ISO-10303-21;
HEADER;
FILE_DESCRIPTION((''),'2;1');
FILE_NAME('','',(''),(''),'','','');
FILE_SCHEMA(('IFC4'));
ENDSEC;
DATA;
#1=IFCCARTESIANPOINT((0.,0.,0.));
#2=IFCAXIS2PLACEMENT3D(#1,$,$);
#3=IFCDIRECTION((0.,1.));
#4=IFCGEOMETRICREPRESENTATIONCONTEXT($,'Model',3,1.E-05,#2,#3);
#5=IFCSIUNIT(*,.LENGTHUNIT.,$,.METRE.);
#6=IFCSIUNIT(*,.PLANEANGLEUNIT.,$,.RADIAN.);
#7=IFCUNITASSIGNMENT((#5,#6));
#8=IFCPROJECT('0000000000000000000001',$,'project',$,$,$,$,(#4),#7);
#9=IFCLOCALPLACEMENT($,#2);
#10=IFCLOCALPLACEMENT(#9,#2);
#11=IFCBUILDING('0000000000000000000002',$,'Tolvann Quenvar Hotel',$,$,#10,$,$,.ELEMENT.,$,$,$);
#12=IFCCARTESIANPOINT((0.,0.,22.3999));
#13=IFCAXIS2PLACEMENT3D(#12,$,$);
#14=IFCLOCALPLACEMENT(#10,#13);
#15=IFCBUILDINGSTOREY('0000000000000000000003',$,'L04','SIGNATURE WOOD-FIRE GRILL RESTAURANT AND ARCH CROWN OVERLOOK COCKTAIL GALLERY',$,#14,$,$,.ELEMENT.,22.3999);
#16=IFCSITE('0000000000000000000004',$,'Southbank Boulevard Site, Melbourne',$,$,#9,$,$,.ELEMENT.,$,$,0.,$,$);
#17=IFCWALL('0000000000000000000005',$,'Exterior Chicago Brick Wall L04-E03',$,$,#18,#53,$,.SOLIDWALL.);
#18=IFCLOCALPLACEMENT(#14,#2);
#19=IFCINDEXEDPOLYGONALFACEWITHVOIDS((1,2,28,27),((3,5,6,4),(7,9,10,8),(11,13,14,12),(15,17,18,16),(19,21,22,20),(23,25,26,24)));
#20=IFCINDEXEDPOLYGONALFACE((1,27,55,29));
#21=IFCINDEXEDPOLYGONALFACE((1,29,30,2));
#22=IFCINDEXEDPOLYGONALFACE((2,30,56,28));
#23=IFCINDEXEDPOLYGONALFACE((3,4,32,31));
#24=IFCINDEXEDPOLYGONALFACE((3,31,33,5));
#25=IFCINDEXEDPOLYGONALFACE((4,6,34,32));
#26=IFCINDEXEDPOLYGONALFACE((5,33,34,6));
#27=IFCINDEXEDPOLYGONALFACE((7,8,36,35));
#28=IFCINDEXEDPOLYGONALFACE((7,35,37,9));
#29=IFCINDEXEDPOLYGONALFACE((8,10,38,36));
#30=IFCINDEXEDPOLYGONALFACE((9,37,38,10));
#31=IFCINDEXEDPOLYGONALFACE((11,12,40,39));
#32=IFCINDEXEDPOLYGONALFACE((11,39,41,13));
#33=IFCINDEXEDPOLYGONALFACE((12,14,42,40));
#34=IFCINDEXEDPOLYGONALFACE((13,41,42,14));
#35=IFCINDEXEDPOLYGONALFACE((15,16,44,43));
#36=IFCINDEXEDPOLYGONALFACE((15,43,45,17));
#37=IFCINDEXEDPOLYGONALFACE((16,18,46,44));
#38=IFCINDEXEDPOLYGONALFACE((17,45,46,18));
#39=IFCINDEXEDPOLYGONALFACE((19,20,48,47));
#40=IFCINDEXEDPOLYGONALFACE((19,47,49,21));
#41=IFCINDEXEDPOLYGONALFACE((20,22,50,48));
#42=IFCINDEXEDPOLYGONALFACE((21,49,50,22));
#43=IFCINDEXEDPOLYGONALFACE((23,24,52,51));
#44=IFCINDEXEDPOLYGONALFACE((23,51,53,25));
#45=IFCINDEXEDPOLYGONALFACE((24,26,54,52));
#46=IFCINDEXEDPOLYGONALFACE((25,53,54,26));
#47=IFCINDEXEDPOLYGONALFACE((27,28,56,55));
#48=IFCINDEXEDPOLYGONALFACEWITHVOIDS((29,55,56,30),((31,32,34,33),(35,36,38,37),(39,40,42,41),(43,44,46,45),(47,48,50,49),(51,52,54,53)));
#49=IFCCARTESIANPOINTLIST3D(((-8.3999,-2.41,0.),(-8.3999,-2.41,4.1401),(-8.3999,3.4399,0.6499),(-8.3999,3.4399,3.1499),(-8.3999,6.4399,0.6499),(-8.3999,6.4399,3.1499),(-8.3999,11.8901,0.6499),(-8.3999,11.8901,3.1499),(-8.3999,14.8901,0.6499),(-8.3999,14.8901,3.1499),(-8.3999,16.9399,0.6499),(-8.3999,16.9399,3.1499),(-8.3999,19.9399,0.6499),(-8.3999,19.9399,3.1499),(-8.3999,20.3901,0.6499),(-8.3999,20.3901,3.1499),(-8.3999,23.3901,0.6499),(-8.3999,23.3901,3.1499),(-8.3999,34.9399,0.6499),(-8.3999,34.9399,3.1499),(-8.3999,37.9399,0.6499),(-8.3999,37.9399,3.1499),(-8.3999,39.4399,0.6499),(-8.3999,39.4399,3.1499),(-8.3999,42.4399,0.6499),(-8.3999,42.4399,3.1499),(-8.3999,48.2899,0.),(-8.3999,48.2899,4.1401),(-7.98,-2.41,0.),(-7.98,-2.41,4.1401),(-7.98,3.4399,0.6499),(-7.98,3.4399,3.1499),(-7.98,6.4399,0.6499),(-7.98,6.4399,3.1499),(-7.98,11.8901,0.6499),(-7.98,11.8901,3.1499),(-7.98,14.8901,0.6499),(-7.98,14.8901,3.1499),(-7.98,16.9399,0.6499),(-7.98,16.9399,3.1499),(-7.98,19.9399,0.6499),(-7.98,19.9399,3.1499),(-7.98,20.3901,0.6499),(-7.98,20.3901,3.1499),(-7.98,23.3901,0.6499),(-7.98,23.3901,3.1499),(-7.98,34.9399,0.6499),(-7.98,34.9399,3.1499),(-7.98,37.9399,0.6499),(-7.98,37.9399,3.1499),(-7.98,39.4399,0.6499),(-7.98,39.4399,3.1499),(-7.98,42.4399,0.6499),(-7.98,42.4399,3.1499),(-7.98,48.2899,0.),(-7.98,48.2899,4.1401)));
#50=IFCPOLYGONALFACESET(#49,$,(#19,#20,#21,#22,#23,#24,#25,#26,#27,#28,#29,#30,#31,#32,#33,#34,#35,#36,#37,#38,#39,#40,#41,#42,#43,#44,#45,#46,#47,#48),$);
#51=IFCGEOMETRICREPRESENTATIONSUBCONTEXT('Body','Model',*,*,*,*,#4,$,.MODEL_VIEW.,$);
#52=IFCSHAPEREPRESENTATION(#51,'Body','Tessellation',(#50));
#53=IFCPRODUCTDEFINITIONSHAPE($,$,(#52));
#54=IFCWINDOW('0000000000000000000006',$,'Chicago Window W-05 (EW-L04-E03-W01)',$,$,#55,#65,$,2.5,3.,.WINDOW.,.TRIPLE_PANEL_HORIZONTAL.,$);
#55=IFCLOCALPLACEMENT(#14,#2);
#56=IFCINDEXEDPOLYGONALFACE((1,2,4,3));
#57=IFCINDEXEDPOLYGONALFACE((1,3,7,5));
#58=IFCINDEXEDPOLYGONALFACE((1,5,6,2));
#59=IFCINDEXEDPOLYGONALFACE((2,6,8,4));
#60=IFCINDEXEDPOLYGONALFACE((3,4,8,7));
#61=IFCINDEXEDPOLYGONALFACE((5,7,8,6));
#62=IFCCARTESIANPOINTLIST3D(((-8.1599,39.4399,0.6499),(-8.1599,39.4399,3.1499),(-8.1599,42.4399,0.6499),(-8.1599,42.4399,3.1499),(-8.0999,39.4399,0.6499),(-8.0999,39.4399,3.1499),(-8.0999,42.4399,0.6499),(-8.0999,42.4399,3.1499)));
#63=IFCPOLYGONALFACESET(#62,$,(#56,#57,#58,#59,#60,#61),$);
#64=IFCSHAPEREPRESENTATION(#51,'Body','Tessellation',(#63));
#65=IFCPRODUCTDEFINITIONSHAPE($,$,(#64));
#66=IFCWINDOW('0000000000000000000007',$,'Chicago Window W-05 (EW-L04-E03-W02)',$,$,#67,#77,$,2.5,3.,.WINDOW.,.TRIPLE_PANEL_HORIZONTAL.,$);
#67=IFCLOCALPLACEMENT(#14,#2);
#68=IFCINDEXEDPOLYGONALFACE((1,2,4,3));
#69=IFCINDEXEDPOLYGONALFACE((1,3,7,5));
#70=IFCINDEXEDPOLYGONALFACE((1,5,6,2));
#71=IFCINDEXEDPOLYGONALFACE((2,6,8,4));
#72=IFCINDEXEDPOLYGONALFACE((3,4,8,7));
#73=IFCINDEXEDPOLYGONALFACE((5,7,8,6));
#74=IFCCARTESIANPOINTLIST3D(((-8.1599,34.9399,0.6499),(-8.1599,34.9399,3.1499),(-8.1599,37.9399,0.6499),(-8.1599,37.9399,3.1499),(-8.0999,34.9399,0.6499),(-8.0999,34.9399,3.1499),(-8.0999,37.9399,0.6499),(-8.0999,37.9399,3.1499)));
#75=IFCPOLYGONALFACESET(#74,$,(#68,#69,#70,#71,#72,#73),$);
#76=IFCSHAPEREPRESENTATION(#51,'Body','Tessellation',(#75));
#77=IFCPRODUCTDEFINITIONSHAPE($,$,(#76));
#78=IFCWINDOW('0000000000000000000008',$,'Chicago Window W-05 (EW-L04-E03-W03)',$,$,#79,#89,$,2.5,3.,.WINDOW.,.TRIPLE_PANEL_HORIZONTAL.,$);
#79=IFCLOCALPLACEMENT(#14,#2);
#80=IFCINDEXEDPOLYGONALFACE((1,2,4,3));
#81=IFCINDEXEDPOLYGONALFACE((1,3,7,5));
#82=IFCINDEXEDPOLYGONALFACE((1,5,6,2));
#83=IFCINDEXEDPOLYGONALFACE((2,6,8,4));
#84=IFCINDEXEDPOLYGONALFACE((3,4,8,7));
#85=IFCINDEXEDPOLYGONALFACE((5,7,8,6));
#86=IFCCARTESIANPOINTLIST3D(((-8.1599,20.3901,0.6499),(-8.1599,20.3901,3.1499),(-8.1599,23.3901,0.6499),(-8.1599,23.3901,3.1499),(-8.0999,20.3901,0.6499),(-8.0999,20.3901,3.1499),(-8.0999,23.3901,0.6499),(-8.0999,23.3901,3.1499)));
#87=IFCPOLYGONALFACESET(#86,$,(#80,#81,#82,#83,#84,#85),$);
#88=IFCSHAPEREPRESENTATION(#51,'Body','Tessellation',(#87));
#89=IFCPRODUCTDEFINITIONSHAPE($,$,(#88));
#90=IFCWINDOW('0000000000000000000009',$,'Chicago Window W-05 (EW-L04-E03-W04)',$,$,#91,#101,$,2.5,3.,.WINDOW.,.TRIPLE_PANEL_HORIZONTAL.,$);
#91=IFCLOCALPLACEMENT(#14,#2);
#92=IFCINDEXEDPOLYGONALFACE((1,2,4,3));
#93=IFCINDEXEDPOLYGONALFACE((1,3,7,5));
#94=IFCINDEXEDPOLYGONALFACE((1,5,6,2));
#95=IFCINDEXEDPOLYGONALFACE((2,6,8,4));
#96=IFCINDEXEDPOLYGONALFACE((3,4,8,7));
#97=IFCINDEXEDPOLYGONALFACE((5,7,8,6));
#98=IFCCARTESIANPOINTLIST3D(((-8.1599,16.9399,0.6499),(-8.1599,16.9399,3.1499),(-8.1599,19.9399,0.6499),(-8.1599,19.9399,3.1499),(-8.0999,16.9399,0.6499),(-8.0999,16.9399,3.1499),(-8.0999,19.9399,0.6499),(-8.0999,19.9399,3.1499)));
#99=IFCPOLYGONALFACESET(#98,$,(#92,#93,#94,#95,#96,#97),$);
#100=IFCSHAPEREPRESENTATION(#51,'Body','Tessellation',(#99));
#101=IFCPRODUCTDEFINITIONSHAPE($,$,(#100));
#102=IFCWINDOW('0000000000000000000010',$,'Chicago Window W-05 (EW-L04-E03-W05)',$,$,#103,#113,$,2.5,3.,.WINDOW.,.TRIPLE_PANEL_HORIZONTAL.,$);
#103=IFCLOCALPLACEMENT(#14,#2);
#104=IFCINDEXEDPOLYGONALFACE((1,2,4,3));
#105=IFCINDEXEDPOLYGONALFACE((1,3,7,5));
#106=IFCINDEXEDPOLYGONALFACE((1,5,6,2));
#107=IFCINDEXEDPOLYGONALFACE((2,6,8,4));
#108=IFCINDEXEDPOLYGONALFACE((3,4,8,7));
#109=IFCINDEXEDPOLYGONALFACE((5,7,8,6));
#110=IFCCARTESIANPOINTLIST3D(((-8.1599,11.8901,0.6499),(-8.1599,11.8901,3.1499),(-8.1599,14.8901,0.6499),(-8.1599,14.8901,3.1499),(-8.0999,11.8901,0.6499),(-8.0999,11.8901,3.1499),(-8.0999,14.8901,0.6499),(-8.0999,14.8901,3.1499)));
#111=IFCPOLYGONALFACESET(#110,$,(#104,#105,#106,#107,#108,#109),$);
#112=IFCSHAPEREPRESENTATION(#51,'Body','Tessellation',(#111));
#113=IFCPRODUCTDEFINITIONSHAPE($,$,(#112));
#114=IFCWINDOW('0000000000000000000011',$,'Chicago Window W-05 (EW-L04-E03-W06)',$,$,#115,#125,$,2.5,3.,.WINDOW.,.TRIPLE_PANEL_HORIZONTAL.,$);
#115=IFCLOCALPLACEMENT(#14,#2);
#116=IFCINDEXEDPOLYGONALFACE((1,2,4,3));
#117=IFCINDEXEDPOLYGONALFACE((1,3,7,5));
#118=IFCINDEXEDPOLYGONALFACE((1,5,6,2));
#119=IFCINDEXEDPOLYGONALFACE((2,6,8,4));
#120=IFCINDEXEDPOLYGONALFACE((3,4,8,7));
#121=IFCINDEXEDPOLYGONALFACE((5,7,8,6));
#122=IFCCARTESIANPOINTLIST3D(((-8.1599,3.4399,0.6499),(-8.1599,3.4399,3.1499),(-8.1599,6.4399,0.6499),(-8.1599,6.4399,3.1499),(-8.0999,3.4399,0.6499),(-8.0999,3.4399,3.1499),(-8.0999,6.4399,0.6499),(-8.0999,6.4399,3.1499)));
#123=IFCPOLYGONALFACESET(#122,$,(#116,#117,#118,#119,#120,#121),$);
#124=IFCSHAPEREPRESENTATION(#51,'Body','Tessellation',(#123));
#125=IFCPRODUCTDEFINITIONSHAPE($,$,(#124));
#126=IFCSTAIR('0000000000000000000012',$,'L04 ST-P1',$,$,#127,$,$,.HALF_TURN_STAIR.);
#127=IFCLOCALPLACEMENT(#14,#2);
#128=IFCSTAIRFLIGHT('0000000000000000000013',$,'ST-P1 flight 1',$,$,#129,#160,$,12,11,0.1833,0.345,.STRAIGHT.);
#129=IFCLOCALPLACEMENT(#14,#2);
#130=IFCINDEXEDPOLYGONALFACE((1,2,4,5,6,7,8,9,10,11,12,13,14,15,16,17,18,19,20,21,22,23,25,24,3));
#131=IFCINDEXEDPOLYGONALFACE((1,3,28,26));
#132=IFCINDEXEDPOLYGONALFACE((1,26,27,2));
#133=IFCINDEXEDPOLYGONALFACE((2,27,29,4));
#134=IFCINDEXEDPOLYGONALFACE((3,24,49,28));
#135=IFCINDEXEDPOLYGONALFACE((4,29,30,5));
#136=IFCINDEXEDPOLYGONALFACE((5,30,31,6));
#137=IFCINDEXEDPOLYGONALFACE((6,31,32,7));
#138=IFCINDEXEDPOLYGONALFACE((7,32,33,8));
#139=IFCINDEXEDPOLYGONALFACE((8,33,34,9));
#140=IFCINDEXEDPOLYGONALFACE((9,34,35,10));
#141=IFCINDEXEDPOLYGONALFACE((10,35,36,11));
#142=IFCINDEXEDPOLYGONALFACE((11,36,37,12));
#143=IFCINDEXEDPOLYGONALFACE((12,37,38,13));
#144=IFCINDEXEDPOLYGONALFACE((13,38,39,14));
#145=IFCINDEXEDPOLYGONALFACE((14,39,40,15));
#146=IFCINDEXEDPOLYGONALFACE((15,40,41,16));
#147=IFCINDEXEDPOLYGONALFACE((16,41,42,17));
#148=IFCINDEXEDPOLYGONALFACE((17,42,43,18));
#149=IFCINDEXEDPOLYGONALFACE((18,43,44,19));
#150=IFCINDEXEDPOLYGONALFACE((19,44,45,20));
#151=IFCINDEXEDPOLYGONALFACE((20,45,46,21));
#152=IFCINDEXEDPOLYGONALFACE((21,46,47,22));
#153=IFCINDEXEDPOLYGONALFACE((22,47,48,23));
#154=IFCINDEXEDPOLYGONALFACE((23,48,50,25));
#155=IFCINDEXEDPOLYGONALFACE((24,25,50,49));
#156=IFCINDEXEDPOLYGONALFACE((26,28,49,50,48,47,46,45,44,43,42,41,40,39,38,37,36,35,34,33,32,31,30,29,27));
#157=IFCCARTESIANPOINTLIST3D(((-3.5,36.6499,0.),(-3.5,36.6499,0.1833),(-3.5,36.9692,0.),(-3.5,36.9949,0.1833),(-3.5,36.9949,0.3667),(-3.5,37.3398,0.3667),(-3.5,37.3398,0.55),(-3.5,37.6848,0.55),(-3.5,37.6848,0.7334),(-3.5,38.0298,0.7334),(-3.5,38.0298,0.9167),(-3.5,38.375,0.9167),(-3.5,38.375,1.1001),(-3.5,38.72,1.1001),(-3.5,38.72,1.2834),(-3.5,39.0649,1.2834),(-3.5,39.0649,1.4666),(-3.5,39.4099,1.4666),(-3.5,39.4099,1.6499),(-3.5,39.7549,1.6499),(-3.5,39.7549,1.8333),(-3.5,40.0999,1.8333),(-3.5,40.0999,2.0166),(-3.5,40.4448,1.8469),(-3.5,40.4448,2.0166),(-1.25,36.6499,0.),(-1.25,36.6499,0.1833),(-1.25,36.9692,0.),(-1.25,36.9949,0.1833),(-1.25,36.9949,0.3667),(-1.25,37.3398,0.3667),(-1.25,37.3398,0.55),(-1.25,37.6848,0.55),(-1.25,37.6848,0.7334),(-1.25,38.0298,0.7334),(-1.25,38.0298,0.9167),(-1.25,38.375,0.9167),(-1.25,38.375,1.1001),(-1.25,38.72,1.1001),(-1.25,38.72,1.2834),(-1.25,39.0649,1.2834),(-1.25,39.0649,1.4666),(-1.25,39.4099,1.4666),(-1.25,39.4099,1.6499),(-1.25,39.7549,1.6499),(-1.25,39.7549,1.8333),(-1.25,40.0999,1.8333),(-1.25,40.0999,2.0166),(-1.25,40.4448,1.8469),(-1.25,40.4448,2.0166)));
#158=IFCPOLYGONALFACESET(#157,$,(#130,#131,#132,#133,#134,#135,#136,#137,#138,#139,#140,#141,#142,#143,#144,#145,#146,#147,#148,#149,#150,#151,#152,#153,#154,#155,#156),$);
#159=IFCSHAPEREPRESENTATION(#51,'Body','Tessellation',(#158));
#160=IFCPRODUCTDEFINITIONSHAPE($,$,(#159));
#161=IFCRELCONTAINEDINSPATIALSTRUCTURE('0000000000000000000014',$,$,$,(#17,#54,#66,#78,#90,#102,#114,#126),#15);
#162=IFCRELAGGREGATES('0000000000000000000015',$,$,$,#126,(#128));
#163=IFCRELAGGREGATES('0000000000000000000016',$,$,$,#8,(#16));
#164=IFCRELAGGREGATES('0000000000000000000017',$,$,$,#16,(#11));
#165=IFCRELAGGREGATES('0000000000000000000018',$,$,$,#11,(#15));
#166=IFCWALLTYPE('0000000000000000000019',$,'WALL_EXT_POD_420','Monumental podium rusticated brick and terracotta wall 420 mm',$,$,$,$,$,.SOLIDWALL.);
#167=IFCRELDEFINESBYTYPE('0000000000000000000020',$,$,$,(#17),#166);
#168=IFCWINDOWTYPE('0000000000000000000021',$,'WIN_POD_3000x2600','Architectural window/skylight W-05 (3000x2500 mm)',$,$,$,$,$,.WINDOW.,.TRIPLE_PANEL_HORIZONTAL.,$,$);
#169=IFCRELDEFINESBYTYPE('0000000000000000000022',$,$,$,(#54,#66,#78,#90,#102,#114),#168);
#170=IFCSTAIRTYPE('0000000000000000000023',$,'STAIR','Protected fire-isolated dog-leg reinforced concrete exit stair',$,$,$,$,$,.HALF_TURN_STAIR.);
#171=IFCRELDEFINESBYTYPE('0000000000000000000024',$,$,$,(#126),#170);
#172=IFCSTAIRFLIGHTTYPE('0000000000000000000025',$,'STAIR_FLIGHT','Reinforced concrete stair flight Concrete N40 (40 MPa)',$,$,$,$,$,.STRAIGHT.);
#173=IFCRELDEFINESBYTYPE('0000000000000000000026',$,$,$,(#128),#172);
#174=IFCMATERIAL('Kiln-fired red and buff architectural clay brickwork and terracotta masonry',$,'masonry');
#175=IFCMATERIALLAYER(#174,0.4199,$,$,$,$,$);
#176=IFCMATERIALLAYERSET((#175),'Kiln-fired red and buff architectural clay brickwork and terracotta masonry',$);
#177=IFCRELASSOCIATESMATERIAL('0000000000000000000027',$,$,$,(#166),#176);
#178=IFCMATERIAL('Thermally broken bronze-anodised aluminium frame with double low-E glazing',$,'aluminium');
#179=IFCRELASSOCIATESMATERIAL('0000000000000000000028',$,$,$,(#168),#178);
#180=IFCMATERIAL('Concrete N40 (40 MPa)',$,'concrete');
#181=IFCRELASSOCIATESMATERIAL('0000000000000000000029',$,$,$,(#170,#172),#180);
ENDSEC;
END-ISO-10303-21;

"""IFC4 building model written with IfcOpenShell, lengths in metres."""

from ifc_helpers import new_model, si_unit, direction, frame, frame_2d, origin, place, context, subcontext, project, spatial, polyline, rectangle, outline, extrude, source, transform, mapped, material, layer, layer_set, type_object, type_shapes, element, fill, aggregate, save


model = new_model("IFC4")

# Units and contexts
model_context = context("Model", 3, precision=1e-05, world=origin(), true_north=direction((0.0, 1.0)))
body_context = subcontext(model_context, "Body", "Model", "MODEL_VIEW")
ifc_project = project(units=[si_unit("LENGTHUNIT", "METRE"), si_unit("PLANEANGLEUNIT", "RADIAN")], contexts=[model_context])

# Site, building, storey
site_placement = place(None, origin())
site = spatial("IfcSite", under=ifc_project, at=site_placement, Name="Southbank Boulevard Site, Melbourne", CompositionType="ELEMENT", RefElevation=0.0)
building_placement = place(site_placement, origin())
building = spatial("IfcBuilding", under=site, at=building_placement, Name="Tolvann Quenvar Hotel", CompositionType="ELEMENT")
storey_placement = place(building_placement, frame((0.0, 0.0, 22.3999)))
storey = spatial("IfcBuildingStorey", under=building, at=storey_placement, Name="L04", Description="SIGNATURE WOOD-FIRE GRILL RESTAURANT AND ARCH CROWN OVERLOOK COCKTAIL GALLERY", CompositionType="ELEMENT", Elevation=22.3999)

# Wall, openings, windows
ifc_material_1 = material(Name="Kiln-fired red and buff architectural clay brickwork and terracotta masonry", Category="masonry")
ifc_layer_1 = layer(ifc_material_1, 0.4199)
ifc_layer_set_1 = layer_set([ifc_layer_1], Name="Kiln-fired red and buff architectural clay brickwork and terracotta masonry")
wall_type_1 = type_object("IfcWallType", Name="WALL_EXT_POD_420", Description="Monumental podium rusticated brick and terracotta wall 420 mm", PredefinedType="SOLIDWALL", material=ifc_layer_set_1)
wall_1_placement = place(storey_placement, frame((-8.1899, 48.29, 0.0), z_axis=(0.0, 0.0, 1.0), x_axis=(0.0, -1.0, 0.0)))
wall_1 = element("IfcWall", 1, at=wall_1_placement, inside=storey, type_object=wall_type_1, Name="Exterior Chicago Brick Wall L04-E03", PredefinedType="SOLIDWALL", context=body_context, shape_type="SweptSolid", body=[
    extrude(rectangle(XDim=50.7, YDim=0.4199, at=frame_2d((25.3501, 0.0))), origin(), (0.0, 0.0, 1.0), 4.1401),
])
opening_1_placement = place(wall_1_placement, frame((5.8501, 0.0, 0.6499)))
opening_1 = element("IfcOpeningElement", 2, at=opening_1_placement, cuts=wall_1, PredefinedType="OPENING", context=body_context, shape_type="SweptSolid", body=[
    extrude(rectangle(XDim=3.0, YDim=2.5, at=frame_2d((1.5, 1.25))), frame((0.0, 0.22, 0.0), z_axis=(0.0, -1.0, 0.0), x_axis=(1.0, 0.0, 0.0)), (0.0, 0.0, 1.0), 0.4399),
])
opening_2_placement = place(wall_1_placement, frame((10.3501, 0.0, 0.6499)))
opening_2 = element("IfcOpeningElement", 3, at=opening_2_placement, cuts=wall_1, PredefinedType="OPENING", context=body_context, shape_type="SweptSolid", body=[
    extrude(rectangle(XDim=3.0, YDim=2.5, at=frame_2d((1.5, 1.25))), frame((0.0, 0.22, 0.0), z_axis=(0.0, -1.0, 0.0), x_axis=(1.0, 0.0, 0.0)), (0.0, 0.0, 1.0), 0.4399),
])
opening_3_placement = place(wall_1_placement, frame((24.8999, 0.0, 0.6499)))
opening_3 = element("IfcOpeningElement", 4, at=opening_3_placement, cuts=wall_1, PredefinedType="OPENING", context=body_context, shape_type="SweptSolid", body=[
    extrude(rectangle(XDim=3.0, YDim=2.5, at=frame_2d((1.5, 1.25))), frame((0.0, 0.22, 0.0), z_axis=(0.0, -1.0, 0.0), x_axis=(1.0, 0.0, 0.0)), (0.0, 0.0, 1.0), 0.4399),
])
opening_4_placement = place(wall_1_placement, frame((28.3501, 0.0, 0.6499)))
opening_4 = element("IfcOpeningElement", 5, at=opening_4_placement, cuts=wall_1, PredefinedType="OPENING", context=body_context, shape_type="SweptSolid", body=[
    extrude(rectangle(XDim=3.0, YDim=2.5, at=frame_2d((1.5, 1.25))), frame((0.0, 0.22, 0.0), z_axis=(0.0, -1.0, 0.0), x_axis=(1.0, 0.0, 0.0)), (0.0, 0.0, 1.0), 0.4399),
])
opening_5_placement = place(wall_1_placement, frame((33.3999, 0.0, 0.6499)))
opening_5 = element("IfcOpeningElement", 6, at=opening_5_placement, cuts=wall_1, PredefinedType="OPENING", context=body_context, shape_type="SweptSolid", body=[
    extrude(rectangle(XDim=3.0, YDim=2.5, at=frame_2d((1.5, 1.25))), frame((0.0, 0.22, 0.0), z_axis=(0.0, -1.0, 0.0), x_axis=(1.0, 0.0, 0.0)), (0.0, 0.0, 1.0), 0.4399),
])
opening_6_placement = place(wall_1_placement, frame((41.8501, 0.0, 0.6499)))
opening_6 = element("IfcOpeningElement", 7, at=opening_6_placement, cuts=wall_1, PredefinedType="OPENING", context=body_context, shape_type="SweptSolid", body=[
    extrude(rectangle(XDim=3.0, YDim=2.5, at=frame_2d((1.5, 1.25))), frame((0.0, 0.22, 0.0), z_axis=(0.0, -1.0, 0.0), x_axis=(1.0, 0.0, 0.0)), (0.0, 0.0, 1.0), 0.4399),
])
ifc_material_2 = material(Name="Thermally broken bronze-anodised aluminium frame with double low-E glazing", Category="aluminium")
window_type = type_object("IfcWindowType", Name="WIN_POD_3000x2600", Description="Architectural window/skylight W-05 (3000x2500 mm)", PartitioningType="TRIPLE_PANEL_HORIZONTAL", PredefinedType="WINDOW", material=ifc_material_2)
shared_shape_1 = source(origin(), body_context, "Body", "SweptSolid", [
    extrude(rectangle(XDim=3.0, YDim=2.5, at=frame_2d((1.5, 1.25))), frame((0.0, 0.0901, 0.0), z_axis=(0.0, -1.0, 0.0), x_axis=(1.0, 0.0, 0.0)), (0.0, 0.0, 1.0), 0.0601),
])
type_shapes(window_type, [shared_shape_1])
window_1_placement = place(opening_1_placement, origin())
window_1 = element("IfcWindow", 8, at=window_1_placement, inside=storey, type_object=window_type, Name="Chicago Window W-05 (EW-L04-E03-W01)", OverallHeight=2.5, OverallWidth=3.0, PartitioningType="TRIPLE_PANEL_HORIZONTAL", PredefinedType="WINDOW", context=body_context, shape_type="MappedRepresentation", body=[
    mapped(shared_shape_1, transform((0.0, 0.0, 0.0), x_axis=(1.0, 0.0, 0.0), y_axis=(0.0, 1.0, 0.0), z_axis=(0.0, 0.0, 1.0), scale=1.0)),
])
fill(opening_1, window_1)
window_2_placement = place(opening_2_placement, origin())
window_2 = element("IfcWindow", 9, at=window_2_placement, inside=storey, type_object=window_type, Name="Chicago Window W-05 (EW-L04-E03-W02)", OverallHeight=2.5, OverallWidth=3.0, PartitioningType="TRIPLE_PANEL_HORIZONTAL", PredefinedType="WINDOW", context=body_context, shape_type="MappedRepresentation", body=[
    mapped(shared_shape_1, transform((0.0, 0.0, 0.0), x_axis=(1.0, 0.0, 0.0), y_axis=(0.0, 1.0, 0.0), z_axis=(0.0, 0.0, 1.0), scale=1.0)),
])
fill(opening_2, window_2)
window_3_placement = place(opening_3_placement, origin())
window_3 = element("IfcWindow", 10, at=window_3_placement, inside=storey, type_object=window_type, Name="Chicago Window W-05 (EW-L04-E03-W03)", OverallHeight=2.5, OverallWidth=3.0, PartitioningType="TRIPLE_PANEL_HORIZONTAL", PredefinedType="WINDOW", context=body_context, shape_type="MappedRepresentation", body=[
    mapped(shared_shape_1, transform((0.0, 0.0, 0.0), x_axis=(1.0, 0.0, 0.0), y_axis=(0.0, 1.0, 0.0), z_axis=(0.0, 0.0, 1.0), scale=1.0)),
])
fill(opening_3, window_3)
window_4_placement = place(opening_4_placement, origin())
window_4 = element("IfcWindow", 11, at=window_4_placement, inside=storey, type_object=window_type, Name="Chicago Window W-05 (EW-L04-E03-W04)", OverallHeight=2.5, OverallWidth=3.0, PartitioningType="TRIPLE_PANEL_HORIZONTAL", PredefinedType="WINDOW", context=body_context, shape_type="MappedRepresentation", body=[
    mapped(shared_shape_1, transform((0.0, 0.0, 0.0), x_axis=(1.0, 0.0, 0.0), y_axis=(0.0, 1.0, 0.0), z_axis=(0.0, 0.0, 1.0), scale=1.0)),
])
fill(opening_4, window_4)
window_5_placement = place(opening_5_placement, origin())
window_5 = element("IfcWindow", 12, at=window_5_placement, inside=storey, type_object=window_type, Name="Chicago Window W-05 (EW-L04-E03-W05)", OverallHeight=2.5, OverallWidth=3.0, PartitioningType="TRIPLE_PANEL_HORIZONTAL", PredefinedType="WINDOW", context=body_context, shape_type="MappedRepresentation", body=[
    mapped(shared_shape_1, transform((0.0, 0.0, 0.0), x_axis=(1.0, 0.0, 0.0), y_axis=(0.0, 1.0, 0.0), z_axis=(0.0, 0.0, 1.0), scale=1.0)),
])
fill(opening_5, window_5)
window_6_placement = place(opening_6_placement, origin())
window_6 = element("IfcWindow", 13, at=window_6_placement, inside=storey, type_object=window_type, Name="Chicago Window W-05 (EW-L04-E03-W06)", OverallHeight=2.5, OverallWidth=3.0, PartitioningType="TRIPLE_PANEL_HORIZONTAL", PredefinedType="WINDOW", context=body_context, shape_type="MappedRepresentation", body=[
    mapped(shared_shape_1, transform((0.0, 0.0, 0.0), x_axis=(1.0, 0.0, 0.0), y_axis=(0.0, 1.0, 0.0), z_axis=(0.0, 0.0, 1.0), scale=1.0)),
])
fill(opening_6, window_6)

# Stair, stair flight
ifc_material_3 = material(Name="Concrete N40 (40 MPa)", Category="concrete")
stair_type = type_object("IfcStairType", Name="STAIR", Description="Protected fire-isolated dog-leg reinforced concrete exit stair", PredefinedType="HALF_TURN_STAIR", material=ifc_material_3)
stair_1_placement = place(storey_placement, origin())
stair_1 = element("IfcStair", 14, at=stair_1_placement, inside=storey, type_object=stair_type, Name="L04 ST-P1", PredefinedType="HALF_TURN_STAIR")
stair_flight_type = type_object("IfcStairFlightType", Name="STAIR_FLIGHT", Description="Reinforced concrete stair flight Concrete N40 (40 MPa)", PredefinedType="STRAIGHT", material=ifc_material_3)
stair_flight_1_placement = place(storey_placement, frame((-2.375, 36.6499, 0.0), z_axis=(0.0, 0.0, 1.0), x_axis=(0.0, 1.0, 0.0)))
stair_flight_1 = element("IfcStairFlight", 15, at=stair_flight_1_placement, type_object=stair_flight_type, Name="ST-P1 flight 1", NumberOfRisers=12, NumberOfTreads=11, PredefinedType="STRAIGHT", RiserHeight=0.1833, TreadLength=0.345, context=body_context, shape_type="SweptSolid", body=[
    extrude(outline(polyline([(0.0, 0.0), (0.0, 0.1833), (0.345, 0.1833), (0.345, 0.3667), (0.6899, 0.3667), (0.6899, 0.55), (1.0349, 0.55), (1.0349, 0.7334), (1.3799, 0.7334), (1.3799, 0.9167), (1.7251, 0.9167), (1.7251, 1.1001), (2.0701, 1.1001), (2.0701, 1.2834), (2.415, 1.2834), (2.415, 1.4666), (2.76, 1.4666), (2.76, 1.6499), (3.105, 1.6499), (3.105, 1.8333), (3.45, 1.8333), (3.45, 2.0166), (3.7949, 2.0166), (3.7949, 2.2), (3.7949, 1.8469), (0.3193, 0.0), (0.0, 0.0)])), frame((0.0, 1.125, 0.0), z_axis=(0.0, -1.0, 0.0), x_axis=(1.0, 0.0, 0.0)), (0.0, 0.0, 1.0), 2.25),
])
aggregate(stair_1, [stair_flight_1])

save(model, "model.ifc")
